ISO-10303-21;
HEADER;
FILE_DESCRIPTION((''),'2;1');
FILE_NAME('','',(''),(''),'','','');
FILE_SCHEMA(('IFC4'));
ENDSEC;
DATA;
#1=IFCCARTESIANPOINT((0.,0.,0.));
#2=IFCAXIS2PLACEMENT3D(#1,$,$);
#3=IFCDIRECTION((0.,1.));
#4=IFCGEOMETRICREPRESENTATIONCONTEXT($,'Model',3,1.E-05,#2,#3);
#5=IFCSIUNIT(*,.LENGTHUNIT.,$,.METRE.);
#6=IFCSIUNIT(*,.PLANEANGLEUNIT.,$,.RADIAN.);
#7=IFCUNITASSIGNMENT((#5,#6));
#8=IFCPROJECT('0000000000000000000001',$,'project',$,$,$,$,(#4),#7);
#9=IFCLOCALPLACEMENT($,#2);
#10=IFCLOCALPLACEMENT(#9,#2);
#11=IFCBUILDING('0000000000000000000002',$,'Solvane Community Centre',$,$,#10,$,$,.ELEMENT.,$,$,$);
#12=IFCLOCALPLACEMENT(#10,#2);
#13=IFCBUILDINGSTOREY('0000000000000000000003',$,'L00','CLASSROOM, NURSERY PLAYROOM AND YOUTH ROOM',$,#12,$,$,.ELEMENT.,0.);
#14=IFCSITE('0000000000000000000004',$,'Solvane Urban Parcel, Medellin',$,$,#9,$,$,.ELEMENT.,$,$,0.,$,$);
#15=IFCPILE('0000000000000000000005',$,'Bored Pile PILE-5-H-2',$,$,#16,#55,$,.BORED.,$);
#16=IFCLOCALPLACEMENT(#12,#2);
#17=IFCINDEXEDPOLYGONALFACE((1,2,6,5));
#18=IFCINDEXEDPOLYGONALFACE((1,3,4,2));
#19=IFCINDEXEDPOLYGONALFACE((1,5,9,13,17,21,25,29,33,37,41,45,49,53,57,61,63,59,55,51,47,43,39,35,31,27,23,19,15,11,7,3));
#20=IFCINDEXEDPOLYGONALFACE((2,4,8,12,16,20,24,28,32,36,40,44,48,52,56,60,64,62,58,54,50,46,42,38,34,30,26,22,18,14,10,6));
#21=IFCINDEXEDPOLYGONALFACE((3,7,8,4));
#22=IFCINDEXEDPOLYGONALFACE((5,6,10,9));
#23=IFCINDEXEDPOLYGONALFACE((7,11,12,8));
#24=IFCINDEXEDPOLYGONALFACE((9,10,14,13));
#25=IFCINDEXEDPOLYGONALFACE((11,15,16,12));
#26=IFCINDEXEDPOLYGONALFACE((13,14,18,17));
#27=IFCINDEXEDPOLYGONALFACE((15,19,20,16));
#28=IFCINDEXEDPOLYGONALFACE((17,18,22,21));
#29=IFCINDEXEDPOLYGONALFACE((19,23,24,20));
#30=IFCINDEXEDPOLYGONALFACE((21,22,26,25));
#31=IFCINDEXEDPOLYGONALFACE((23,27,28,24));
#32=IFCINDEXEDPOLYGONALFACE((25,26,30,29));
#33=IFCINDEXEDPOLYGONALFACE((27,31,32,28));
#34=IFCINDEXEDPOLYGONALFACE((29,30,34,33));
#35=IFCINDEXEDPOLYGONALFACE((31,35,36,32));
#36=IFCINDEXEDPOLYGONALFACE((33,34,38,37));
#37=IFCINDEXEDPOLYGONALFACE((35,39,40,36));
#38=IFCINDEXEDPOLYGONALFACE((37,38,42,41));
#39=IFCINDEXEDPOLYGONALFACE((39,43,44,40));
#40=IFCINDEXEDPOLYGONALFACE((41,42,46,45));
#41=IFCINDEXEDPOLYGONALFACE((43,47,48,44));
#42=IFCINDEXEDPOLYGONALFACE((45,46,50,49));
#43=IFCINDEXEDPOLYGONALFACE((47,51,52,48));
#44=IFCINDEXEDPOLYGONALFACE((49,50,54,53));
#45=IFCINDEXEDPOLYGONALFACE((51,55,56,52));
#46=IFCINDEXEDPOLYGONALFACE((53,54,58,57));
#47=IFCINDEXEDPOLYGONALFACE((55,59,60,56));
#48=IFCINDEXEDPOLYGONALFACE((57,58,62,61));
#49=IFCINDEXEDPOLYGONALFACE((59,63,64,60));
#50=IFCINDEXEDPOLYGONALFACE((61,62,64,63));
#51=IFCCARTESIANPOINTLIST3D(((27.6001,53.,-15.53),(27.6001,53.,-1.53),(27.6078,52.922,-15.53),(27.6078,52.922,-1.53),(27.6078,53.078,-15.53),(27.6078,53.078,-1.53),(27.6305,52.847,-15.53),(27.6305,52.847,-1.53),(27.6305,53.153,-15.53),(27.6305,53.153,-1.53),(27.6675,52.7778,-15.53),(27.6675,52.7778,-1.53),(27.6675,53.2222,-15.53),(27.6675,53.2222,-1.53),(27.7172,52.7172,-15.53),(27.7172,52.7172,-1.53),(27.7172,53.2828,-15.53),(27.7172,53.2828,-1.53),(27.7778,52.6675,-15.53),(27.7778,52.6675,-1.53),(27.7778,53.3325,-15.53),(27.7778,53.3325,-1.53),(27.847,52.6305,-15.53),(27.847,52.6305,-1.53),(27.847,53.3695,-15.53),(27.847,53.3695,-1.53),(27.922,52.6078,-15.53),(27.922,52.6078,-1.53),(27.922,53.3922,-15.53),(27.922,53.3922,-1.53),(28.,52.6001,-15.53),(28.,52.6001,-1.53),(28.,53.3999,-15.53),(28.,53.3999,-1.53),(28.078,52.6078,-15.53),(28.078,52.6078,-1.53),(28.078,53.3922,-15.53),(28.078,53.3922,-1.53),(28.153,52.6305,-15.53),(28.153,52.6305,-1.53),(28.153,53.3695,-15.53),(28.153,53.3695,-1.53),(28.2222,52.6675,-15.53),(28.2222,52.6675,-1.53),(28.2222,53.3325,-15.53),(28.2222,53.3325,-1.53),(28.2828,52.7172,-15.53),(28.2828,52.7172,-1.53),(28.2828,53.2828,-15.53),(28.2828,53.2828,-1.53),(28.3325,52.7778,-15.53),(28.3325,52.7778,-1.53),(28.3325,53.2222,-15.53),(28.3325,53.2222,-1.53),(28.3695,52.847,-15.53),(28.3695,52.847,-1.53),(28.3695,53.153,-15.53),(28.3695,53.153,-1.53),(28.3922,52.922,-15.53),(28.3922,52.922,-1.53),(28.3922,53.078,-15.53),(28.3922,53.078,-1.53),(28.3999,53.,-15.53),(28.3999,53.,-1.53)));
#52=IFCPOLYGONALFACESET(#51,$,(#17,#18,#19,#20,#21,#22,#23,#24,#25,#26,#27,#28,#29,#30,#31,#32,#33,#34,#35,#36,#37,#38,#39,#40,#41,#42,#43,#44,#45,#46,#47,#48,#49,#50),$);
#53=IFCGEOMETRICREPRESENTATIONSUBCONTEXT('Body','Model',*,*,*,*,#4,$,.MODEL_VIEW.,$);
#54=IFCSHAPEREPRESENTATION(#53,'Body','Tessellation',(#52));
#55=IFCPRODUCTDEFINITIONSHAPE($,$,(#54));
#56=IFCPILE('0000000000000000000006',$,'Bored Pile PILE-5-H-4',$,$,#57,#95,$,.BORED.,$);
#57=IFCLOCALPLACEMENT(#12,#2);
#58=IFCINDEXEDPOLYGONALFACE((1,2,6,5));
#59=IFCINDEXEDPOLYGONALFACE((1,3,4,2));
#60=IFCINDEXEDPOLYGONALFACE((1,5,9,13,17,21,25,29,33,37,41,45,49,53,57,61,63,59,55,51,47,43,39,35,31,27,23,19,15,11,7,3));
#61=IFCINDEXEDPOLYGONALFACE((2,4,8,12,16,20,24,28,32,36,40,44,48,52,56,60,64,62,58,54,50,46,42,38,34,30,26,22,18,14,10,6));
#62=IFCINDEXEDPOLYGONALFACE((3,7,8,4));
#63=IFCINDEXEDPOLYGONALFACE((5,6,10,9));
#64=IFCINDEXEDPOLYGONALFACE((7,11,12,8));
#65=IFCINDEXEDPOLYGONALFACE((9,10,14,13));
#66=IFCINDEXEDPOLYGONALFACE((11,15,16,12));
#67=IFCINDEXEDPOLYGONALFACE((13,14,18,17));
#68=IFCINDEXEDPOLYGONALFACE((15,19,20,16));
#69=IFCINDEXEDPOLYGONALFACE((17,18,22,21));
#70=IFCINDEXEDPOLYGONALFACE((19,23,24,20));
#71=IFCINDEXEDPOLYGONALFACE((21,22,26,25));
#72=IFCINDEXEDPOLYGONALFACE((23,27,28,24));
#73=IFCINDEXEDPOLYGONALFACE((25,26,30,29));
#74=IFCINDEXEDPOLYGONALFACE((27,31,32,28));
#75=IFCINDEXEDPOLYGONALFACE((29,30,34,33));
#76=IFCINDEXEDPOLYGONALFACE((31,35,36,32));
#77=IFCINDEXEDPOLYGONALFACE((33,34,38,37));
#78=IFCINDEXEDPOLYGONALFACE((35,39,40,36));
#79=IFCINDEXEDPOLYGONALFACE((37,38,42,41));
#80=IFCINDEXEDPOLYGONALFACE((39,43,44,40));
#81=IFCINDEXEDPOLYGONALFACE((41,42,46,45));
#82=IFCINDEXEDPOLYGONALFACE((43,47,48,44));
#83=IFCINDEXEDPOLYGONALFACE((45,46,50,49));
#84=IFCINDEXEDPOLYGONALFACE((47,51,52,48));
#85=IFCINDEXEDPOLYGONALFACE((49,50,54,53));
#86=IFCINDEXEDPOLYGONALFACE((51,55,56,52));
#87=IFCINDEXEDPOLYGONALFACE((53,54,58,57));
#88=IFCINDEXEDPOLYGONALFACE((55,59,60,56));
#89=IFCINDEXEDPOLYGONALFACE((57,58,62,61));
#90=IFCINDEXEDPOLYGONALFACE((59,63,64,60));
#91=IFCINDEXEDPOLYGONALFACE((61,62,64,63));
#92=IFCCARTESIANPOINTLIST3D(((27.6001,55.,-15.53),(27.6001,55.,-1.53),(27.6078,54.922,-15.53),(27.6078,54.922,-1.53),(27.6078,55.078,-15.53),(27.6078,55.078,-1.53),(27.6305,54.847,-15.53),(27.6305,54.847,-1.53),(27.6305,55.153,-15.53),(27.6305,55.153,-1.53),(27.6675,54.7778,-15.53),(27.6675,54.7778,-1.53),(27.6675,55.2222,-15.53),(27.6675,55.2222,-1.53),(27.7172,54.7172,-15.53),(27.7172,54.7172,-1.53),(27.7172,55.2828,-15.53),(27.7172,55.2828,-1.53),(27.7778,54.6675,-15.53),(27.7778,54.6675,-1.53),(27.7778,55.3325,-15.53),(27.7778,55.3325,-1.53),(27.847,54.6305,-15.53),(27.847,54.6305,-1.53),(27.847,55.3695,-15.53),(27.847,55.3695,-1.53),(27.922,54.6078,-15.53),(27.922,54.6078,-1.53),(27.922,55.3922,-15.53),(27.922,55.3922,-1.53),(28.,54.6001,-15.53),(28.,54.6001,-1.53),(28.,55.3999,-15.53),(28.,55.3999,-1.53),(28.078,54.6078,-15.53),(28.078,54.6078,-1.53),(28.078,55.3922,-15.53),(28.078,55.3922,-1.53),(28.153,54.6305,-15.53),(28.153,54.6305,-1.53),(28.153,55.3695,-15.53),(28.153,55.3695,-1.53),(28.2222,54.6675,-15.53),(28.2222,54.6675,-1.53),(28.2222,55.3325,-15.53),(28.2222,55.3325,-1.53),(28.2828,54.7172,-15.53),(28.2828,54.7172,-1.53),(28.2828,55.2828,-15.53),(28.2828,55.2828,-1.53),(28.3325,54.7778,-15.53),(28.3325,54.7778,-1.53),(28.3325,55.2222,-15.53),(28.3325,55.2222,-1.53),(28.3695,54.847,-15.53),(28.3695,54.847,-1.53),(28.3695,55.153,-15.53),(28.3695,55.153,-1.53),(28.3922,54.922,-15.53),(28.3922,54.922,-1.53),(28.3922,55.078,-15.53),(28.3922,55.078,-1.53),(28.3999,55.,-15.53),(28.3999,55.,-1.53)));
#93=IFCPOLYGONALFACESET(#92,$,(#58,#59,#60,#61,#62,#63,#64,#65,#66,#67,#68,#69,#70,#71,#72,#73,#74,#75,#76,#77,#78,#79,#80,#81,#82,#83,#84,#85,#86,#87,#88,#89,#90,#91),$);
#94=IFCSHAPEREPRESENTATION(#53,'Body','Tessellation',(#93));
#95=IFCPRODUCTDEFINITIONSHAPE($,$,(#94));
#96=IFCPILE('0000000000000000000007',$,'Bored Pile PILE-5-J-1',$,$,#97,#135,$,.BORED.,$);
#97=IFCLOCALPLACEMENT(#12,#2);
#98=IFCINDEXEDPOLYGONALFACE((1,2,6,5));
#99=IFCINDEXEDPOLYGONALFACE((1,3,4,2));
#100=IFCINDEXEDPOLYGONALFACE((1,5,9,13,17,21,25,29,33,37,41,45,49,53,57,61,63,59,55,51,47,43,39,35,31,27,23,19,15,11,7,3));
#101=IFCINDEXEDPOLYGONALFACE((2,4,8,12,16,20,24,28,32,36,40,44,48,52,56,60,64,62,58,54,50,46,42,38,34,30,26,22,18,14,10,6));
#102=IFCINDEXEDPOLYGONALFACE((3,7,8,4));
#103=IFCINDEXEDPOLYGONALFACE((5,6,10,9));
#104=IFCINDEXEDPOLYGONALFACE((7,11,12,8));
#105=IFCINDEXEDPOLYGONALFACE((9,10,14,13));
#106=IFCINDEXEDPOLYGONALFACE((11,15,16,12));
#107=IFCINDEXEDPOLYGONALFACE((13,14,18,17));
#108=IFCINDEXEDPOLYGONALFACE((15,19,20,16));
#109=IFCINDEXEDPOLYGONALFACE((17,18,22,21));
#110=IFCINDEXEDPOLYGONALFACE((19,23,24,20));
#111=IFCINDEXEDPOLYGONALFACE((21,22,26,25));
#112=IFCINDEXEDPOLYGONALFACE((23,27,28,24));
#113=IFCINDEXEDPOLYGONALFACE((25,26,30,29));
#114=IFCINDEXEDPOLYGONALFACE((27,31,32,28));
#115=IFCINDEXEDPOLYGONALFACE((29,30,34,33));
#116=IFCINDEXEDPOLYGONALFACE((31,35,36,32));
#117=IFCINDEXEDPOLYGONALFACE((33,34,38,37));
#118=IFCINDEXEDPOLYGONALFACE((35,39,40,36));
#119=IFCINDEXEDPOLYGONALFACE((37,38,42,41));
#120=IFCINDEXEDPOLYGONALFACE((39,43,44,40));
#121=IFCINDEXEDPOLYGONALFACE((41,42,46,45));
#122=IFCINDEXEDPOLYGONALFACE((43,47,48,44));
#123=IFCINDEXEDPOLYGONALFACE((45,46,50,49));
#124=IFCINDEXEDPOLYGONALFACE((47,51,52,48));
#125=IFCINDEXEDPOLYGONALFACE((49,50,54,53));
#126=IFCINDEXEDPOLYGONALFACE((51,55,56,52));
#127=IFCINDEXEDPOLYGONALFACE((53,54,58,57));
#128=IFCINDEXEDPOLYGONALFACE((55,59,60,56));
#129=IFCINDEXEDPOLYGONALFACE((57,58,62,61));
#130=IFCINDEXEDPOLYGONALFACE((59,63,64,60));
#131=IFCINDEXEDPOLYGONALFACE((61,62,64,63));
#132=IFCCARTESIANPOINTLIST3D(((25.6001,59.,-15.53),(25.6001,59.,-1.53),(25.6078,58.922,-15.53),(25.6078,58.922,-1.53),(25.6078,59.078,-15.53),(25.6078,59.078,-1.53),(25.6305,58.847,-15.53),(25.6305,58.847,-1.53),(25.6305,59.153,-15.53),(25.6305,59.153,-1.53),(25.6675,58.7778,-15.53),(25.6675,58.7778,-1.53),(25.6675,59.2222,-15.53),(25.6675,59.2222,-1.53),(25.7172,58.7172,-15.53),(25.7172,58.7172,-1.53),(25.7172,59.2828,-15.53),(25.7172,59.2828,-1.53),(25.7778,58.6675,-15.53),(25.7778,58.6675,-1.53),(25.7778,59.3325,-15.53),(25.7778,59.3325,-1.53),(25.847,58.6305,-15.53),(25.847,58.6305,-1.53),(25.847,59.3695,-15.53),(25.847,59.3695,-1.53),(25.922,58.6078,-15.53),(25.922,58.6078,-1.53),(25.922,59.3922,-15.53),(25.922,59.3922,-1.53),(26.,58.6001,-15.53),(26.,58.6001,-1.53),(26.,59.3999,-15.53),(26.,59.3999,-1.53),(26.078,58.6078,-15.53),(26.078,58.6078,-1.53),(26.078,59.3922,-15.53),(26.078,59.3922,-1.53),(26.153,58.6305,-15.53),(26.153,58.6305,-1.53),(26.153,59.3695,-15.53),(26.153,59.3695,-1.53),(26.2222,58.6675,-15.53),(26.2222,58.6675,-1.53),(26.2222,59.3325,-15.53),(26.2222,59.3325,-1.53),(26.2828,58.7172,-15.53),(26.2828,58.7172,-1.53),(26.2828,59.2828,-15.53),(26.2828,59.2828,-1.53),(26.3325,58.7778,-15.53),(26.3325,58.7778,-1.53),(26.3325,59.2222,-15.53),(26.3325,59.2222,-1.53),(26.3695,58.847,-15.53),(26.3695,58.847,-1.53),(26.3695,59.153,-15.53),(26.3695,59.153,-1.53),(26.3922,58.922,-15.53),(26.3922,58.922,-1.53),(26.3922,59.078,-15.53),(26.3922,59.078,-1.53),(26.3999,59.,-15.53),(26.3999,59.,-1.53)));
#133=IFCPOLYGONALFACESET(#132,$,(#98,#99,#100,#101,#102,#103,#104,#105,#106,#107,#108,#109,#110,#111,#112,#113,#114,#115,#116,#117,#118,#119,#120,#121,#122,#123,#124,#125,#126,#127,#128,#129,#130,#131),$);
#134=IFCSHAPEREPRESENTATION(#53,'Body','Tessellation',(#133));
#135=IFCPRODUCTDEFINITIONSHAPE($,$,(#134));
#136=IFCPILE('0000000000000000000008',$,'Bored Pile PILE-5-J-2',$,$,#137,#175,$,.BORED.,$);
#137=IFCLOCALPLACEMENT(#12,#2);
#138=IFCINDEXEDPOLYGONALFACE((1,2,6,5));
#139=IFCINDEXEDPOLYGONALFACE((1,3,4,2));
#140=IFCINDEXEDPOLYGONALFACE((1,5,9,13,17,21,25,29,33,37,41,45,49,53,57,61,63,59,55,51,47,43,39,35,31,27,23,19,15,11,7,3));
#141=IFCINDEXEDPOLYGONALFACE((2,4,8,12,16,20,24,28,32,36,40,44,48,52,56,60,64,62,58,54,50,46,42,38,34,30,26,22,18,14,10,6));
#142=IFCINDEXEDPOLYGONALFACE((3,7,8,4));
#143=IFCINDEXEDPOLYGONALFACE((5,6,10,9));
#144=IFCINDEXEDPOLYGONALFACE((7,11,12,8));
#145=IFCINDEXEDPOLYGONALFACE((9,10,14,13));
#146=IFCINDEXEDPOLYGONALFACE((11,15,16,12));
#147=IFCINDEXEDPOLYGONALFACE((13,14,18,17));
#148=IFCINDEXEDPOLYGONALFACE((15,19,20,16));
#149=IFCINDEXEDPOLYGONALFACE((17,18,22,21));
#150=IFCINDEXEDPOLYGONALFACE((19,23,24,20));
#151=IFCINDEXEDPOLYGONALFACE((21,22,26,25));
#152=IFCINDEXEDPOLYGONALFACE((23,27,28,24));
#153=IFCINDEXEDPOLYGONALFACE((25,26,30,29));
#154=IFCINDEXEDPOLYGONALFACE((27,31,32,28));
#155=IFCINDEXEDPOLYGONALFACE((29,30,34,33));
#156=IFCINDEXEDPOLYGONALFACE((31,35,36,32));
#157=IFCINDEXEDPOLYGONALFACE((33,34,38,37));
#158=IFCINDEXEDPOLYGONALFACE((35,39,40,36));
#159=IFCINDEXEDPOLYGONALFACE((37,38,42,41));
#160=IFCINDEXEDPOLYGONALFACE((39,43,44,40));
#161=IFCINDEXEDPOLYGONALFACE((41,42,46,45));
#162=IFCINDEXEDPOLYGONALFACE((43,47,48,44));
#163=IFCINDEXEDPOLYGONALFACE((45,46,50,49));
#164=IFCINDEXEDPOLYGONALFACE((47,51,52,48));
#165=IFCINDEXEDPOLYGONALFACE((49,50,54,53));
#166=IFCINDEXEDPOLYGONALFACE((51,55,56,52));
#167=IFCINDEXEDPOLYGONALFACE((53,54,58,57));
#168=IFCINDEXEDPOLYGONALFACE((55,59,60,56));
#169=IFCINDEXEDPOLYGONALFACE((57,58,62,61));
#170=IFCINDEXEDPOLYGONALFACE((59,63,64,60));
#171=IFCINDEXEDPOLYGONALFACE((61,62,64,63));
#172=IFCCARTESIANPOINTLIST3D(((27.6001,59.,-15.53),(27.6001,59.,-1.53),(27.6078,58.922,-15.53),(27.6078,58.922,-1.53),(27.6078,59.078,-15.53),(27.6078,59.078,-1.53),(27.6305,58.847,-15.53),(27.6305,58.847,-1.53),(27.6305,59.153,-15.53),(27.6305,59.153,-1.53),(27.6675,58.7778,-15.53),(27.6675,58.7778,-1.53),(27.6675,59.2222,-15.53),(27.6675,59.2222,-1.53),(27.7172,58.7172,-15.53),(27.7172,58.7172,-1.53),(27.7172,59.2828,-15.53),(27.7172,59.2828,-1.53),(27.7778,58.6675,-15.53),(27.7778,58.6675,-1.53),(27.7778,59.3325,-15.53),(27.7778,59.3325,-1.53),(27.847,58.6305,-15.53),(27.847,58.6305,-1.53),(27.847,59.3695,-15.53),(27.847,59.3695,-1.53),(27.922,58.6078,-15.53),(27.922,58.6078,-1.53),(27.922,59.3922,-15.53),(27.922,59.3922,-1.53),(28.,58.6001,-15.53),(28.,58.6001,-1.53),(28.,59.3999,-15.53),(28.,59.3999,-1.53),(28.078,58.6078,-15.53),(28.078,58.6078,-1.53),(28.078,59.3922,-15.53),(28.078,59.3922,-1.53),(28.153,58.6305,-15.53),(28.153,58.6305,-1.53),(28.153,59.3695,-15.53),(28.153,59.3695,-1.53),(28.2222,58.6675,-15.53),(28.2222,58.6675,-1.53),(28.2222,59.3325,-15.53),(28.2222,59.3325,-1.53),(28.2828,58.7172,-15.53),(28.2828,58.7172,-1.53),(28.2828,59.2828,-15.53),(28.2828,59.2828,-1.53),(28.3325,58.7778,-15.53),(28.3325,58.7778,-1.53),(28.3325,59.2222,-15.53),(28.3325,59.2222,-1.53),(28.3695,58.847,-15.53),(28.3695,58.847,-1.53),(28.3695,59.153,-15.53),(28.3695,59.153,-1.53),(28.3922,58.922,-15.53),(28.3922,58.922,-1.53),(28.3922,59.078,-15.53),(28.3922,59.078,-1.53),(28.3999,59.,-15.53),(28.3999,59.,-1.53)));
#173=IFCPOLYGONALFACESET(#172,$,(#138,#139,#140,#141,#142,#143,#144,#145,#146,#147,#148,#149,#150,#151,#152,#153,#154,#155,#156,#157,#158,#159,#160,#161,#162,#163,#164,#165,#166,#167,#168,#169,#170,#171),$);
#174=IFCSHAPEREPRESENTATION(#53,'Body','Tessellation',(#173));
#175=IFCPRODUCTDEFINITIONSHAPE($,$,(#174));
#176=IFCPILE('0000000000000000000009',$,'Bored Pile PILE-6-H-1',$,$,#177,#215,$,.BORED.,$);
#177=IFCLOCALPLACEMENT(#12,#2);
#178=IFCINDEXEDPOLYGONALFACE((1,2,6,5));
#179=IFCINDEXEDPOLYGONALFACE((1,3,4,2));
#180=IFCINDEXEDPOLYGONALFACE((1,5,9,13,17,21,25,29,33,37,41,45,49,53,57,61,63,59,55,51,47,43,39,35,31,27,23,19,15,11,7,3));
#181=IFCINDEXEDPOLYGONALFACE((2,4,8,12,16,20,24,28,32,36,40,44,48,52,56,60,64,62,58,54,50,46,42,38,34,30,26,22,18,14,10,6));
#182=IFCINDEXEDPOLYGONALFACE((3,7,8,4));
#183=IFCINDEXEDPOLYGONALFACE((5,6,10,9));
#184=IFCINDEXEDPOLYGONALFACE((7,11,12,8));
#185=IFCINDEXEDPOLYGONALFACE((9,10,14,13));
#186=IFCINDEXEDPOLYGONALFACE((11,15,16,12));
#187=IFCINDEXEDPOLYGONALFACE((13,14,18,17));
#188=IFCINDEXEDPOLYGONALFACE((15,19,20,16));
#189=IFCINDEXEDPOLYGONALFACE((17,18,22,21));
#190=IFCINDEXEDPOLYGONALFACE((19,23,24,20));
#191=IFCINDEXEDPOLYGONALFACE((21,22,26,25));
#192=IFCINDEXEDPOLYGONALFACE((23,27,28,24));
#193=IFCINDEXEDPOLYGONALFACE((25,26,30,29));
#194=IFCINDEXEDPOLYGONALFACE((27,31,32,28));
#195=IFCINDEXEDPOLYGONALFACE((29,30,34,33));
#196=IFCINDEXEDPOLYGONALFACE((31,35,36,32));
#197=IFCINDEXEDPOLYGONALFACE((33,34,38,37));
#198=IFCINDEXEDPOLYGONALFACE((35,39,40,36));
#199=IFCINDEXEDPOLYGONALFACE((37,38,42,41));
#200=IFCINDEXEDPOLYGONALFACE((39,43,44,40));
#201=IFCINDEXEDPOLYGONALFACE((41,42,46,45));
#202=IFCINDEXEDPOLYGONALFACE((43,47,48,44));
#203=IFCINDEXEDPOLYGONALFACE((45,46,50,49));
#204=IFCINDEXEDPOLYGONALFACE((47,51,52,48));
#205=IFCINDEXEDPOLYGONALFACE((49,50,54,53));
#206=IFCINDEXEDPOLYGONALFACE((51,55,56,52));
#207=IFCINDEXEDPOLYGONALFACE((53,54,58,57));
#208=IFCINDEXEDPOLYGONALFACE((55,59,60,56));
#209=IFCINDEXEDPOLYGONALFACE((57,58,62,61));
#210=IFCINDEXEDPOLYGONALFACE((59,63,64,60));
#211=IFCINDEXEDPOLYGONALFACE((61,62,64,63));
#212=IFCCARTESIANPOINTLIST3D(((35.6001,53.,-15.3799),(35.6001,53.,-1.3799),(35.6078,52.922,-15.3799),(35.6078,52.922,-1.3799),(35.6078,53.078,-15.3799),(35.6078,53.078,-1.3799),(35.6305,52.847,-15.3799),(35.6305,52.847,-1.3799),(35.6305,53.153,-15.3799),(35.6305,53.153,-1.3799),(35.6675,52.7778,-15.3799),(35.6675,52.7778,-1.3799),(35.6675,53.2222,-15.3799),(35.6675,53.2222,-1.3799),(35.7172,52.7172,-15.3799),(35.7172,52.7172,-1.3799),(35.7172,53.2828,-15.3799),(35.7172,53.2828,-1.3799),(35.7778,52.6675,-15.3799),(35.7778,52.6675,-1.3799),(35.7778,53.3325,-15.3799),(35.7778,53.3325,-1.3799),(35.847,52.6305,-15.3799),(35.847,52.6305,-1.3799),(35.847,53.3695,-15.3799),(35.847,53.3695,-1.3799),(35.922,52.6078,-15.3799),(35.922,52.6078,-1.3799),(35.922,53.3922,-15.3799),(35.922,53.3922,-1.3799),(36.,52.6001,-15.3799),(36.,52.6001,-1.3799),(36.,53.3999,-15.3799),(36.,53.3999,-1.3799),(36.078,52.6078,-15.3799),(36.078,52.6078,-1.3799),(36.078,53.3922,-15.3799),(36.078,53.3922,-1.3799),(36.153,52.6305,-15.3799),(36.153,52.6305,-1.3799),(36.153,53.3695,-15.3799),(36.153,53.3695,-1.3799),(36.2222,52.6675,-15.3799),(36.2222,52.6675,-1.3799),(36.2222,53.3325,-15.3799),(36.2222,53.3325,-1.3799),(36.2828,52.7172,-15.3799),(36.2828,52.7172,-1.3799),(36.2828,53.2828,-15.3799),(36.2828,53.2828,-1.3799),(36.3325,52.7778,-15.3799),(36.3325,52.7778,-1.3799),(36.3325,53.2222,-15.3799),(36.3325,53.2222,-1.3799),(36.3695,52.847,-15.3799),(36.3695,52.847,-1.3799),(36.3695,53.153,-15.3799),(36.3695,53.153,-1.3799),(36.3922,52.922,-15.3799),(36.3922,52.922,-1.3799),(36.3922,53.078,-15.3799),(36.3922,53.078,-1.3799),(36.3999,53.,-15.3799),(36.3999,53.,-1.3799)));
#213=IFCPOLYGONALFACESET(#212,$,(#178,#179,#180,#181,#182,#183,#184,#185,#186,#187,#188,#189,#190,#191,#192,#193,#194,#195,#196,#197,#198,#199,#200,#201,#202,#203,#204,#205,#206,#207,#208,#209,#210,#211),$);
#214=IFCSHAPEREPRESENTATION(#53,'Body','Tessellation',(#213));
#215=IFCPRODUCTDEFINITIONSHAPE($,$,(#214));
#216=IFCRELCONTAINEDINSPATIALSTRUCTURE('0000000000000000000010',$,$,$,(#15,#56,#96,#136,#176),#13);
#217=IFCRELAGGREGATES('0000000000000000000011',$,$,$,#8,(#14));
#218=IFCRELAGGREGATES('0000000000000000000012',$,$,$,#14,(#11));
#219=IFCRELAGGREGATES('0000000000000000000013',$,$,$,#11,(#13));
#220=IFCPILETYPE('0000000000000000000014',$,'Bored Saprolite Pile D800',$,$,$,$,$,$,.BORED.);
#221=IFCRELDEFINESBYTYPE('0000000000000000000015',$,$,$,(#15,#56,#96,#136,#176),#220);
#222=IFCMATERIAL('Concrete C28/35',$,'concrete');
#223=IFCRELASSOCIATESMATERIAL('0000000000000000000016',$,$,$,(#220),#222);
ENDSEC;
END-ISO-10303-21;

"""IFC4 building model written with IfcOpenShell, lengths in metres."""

from ifc_helpers import new_model, si_unit, direction, frame, origin, origin_2d, place, context, subcontext, project, spatial, circle, extrude, material, material_profile, profile_set, type_object, element, save


model = new_model("IFC4")

# Units and contexts
model_context = context("Model", 3, precision=1e-05, world=origin(), true_north=direction((0.0, 1.0)))
body_context = subcontext(model_context, "Body", "Model", "MODEL_VIEW")
ifc_project = project(units=[si_unit("LENGTHUNIT", "METRE"), si_unit("PLANEANGLEUNIT", "RADIAN")], contexts=[model_context])

# Site, building, storey
site_placement = place(None, origin())
site = spatial("IfcSite", under=ifc_project, at=site_placement, Name="Solvane Urban Parcel, Medellin", CompositionType="ELEMENT", RefElevation=0.0)
building_placement = place(site_placement, origin())
building = spatial("IfcBuilding", under=site, at=building_placement, Name="Solvane Community Centre", CompositionType="ELEMENT")
storey_placement = place(building_placement, origin())
storey = spatial("IfcBuildingStorey", under=building, at=storey_placement, Name="L00", Description="CLASSROOM, NURSERY PLAYROOM AND YOUTH ROOM", CompositionType="ELEMENT", Elevation=0.0)

# Piles
ifc_material_1 = material(Name="Concrete C28/35", Category="concrete")
ifc_material_profile_1 = material_profile(ifc_material_1, circle(Radius=0.3999, at=origin_2d()), Name="PILE D800")
ifc_profile_set_1 = profile_set([ifc_material_profile_1], Name="Concrete C28/35")
pile_type = type_object("IfcPileType", Name="Bored Saprolite Pile D800", PredefinedType="BORED", material=ifc_profile_set_1)
for number, where, z_axis, x_axis, name in (
    (1, (28.0, 53.0, -1.53), (0.0, 0.0, -1.0), (1.0, 0.0, 0.0), "Bored Pile PILE-5-H-2"),
    (2, (28.0, 55.0, -1.53), (0.0, 0.0, -1.0), (1.0, 0.0, 0.0), "Bored Pile PILE-5-H-4"),
    (3, (26.0, 59.0, -1.53), (0.0, 0.0, -1.0), (1.0, 0.0, 0.0), "Bored Pile PILE-5-J-1"),
    (4, (28.0, 59.0, -1.53), (0.0, 0.0, -1.0), (1.0, 0.0, 0.0), "Bored Pile PILE-5-J-2"),
    (5, (36.0, 53.0, -1.3799), (0.0, 0.0, -1.0), (1.0, 0.0, 0.0), "Bored Pile PILE-6-H-1"),
):
    element("IfcPile", number, at=place(storey_placement, frame(where, z_axis=z_axis, x_axis=x_axis)), inside=storey, type_object=pile_type, Name=name, PredefinedType="BORED", context=body_context, shape_type="SweptSolid", body=[
        extrude(circle(Radius=0.3999, at=origin_2d()), origin(), (0.0, 0.0, 1.0), 14.0),
    ])

save(model, "model.ifc")
